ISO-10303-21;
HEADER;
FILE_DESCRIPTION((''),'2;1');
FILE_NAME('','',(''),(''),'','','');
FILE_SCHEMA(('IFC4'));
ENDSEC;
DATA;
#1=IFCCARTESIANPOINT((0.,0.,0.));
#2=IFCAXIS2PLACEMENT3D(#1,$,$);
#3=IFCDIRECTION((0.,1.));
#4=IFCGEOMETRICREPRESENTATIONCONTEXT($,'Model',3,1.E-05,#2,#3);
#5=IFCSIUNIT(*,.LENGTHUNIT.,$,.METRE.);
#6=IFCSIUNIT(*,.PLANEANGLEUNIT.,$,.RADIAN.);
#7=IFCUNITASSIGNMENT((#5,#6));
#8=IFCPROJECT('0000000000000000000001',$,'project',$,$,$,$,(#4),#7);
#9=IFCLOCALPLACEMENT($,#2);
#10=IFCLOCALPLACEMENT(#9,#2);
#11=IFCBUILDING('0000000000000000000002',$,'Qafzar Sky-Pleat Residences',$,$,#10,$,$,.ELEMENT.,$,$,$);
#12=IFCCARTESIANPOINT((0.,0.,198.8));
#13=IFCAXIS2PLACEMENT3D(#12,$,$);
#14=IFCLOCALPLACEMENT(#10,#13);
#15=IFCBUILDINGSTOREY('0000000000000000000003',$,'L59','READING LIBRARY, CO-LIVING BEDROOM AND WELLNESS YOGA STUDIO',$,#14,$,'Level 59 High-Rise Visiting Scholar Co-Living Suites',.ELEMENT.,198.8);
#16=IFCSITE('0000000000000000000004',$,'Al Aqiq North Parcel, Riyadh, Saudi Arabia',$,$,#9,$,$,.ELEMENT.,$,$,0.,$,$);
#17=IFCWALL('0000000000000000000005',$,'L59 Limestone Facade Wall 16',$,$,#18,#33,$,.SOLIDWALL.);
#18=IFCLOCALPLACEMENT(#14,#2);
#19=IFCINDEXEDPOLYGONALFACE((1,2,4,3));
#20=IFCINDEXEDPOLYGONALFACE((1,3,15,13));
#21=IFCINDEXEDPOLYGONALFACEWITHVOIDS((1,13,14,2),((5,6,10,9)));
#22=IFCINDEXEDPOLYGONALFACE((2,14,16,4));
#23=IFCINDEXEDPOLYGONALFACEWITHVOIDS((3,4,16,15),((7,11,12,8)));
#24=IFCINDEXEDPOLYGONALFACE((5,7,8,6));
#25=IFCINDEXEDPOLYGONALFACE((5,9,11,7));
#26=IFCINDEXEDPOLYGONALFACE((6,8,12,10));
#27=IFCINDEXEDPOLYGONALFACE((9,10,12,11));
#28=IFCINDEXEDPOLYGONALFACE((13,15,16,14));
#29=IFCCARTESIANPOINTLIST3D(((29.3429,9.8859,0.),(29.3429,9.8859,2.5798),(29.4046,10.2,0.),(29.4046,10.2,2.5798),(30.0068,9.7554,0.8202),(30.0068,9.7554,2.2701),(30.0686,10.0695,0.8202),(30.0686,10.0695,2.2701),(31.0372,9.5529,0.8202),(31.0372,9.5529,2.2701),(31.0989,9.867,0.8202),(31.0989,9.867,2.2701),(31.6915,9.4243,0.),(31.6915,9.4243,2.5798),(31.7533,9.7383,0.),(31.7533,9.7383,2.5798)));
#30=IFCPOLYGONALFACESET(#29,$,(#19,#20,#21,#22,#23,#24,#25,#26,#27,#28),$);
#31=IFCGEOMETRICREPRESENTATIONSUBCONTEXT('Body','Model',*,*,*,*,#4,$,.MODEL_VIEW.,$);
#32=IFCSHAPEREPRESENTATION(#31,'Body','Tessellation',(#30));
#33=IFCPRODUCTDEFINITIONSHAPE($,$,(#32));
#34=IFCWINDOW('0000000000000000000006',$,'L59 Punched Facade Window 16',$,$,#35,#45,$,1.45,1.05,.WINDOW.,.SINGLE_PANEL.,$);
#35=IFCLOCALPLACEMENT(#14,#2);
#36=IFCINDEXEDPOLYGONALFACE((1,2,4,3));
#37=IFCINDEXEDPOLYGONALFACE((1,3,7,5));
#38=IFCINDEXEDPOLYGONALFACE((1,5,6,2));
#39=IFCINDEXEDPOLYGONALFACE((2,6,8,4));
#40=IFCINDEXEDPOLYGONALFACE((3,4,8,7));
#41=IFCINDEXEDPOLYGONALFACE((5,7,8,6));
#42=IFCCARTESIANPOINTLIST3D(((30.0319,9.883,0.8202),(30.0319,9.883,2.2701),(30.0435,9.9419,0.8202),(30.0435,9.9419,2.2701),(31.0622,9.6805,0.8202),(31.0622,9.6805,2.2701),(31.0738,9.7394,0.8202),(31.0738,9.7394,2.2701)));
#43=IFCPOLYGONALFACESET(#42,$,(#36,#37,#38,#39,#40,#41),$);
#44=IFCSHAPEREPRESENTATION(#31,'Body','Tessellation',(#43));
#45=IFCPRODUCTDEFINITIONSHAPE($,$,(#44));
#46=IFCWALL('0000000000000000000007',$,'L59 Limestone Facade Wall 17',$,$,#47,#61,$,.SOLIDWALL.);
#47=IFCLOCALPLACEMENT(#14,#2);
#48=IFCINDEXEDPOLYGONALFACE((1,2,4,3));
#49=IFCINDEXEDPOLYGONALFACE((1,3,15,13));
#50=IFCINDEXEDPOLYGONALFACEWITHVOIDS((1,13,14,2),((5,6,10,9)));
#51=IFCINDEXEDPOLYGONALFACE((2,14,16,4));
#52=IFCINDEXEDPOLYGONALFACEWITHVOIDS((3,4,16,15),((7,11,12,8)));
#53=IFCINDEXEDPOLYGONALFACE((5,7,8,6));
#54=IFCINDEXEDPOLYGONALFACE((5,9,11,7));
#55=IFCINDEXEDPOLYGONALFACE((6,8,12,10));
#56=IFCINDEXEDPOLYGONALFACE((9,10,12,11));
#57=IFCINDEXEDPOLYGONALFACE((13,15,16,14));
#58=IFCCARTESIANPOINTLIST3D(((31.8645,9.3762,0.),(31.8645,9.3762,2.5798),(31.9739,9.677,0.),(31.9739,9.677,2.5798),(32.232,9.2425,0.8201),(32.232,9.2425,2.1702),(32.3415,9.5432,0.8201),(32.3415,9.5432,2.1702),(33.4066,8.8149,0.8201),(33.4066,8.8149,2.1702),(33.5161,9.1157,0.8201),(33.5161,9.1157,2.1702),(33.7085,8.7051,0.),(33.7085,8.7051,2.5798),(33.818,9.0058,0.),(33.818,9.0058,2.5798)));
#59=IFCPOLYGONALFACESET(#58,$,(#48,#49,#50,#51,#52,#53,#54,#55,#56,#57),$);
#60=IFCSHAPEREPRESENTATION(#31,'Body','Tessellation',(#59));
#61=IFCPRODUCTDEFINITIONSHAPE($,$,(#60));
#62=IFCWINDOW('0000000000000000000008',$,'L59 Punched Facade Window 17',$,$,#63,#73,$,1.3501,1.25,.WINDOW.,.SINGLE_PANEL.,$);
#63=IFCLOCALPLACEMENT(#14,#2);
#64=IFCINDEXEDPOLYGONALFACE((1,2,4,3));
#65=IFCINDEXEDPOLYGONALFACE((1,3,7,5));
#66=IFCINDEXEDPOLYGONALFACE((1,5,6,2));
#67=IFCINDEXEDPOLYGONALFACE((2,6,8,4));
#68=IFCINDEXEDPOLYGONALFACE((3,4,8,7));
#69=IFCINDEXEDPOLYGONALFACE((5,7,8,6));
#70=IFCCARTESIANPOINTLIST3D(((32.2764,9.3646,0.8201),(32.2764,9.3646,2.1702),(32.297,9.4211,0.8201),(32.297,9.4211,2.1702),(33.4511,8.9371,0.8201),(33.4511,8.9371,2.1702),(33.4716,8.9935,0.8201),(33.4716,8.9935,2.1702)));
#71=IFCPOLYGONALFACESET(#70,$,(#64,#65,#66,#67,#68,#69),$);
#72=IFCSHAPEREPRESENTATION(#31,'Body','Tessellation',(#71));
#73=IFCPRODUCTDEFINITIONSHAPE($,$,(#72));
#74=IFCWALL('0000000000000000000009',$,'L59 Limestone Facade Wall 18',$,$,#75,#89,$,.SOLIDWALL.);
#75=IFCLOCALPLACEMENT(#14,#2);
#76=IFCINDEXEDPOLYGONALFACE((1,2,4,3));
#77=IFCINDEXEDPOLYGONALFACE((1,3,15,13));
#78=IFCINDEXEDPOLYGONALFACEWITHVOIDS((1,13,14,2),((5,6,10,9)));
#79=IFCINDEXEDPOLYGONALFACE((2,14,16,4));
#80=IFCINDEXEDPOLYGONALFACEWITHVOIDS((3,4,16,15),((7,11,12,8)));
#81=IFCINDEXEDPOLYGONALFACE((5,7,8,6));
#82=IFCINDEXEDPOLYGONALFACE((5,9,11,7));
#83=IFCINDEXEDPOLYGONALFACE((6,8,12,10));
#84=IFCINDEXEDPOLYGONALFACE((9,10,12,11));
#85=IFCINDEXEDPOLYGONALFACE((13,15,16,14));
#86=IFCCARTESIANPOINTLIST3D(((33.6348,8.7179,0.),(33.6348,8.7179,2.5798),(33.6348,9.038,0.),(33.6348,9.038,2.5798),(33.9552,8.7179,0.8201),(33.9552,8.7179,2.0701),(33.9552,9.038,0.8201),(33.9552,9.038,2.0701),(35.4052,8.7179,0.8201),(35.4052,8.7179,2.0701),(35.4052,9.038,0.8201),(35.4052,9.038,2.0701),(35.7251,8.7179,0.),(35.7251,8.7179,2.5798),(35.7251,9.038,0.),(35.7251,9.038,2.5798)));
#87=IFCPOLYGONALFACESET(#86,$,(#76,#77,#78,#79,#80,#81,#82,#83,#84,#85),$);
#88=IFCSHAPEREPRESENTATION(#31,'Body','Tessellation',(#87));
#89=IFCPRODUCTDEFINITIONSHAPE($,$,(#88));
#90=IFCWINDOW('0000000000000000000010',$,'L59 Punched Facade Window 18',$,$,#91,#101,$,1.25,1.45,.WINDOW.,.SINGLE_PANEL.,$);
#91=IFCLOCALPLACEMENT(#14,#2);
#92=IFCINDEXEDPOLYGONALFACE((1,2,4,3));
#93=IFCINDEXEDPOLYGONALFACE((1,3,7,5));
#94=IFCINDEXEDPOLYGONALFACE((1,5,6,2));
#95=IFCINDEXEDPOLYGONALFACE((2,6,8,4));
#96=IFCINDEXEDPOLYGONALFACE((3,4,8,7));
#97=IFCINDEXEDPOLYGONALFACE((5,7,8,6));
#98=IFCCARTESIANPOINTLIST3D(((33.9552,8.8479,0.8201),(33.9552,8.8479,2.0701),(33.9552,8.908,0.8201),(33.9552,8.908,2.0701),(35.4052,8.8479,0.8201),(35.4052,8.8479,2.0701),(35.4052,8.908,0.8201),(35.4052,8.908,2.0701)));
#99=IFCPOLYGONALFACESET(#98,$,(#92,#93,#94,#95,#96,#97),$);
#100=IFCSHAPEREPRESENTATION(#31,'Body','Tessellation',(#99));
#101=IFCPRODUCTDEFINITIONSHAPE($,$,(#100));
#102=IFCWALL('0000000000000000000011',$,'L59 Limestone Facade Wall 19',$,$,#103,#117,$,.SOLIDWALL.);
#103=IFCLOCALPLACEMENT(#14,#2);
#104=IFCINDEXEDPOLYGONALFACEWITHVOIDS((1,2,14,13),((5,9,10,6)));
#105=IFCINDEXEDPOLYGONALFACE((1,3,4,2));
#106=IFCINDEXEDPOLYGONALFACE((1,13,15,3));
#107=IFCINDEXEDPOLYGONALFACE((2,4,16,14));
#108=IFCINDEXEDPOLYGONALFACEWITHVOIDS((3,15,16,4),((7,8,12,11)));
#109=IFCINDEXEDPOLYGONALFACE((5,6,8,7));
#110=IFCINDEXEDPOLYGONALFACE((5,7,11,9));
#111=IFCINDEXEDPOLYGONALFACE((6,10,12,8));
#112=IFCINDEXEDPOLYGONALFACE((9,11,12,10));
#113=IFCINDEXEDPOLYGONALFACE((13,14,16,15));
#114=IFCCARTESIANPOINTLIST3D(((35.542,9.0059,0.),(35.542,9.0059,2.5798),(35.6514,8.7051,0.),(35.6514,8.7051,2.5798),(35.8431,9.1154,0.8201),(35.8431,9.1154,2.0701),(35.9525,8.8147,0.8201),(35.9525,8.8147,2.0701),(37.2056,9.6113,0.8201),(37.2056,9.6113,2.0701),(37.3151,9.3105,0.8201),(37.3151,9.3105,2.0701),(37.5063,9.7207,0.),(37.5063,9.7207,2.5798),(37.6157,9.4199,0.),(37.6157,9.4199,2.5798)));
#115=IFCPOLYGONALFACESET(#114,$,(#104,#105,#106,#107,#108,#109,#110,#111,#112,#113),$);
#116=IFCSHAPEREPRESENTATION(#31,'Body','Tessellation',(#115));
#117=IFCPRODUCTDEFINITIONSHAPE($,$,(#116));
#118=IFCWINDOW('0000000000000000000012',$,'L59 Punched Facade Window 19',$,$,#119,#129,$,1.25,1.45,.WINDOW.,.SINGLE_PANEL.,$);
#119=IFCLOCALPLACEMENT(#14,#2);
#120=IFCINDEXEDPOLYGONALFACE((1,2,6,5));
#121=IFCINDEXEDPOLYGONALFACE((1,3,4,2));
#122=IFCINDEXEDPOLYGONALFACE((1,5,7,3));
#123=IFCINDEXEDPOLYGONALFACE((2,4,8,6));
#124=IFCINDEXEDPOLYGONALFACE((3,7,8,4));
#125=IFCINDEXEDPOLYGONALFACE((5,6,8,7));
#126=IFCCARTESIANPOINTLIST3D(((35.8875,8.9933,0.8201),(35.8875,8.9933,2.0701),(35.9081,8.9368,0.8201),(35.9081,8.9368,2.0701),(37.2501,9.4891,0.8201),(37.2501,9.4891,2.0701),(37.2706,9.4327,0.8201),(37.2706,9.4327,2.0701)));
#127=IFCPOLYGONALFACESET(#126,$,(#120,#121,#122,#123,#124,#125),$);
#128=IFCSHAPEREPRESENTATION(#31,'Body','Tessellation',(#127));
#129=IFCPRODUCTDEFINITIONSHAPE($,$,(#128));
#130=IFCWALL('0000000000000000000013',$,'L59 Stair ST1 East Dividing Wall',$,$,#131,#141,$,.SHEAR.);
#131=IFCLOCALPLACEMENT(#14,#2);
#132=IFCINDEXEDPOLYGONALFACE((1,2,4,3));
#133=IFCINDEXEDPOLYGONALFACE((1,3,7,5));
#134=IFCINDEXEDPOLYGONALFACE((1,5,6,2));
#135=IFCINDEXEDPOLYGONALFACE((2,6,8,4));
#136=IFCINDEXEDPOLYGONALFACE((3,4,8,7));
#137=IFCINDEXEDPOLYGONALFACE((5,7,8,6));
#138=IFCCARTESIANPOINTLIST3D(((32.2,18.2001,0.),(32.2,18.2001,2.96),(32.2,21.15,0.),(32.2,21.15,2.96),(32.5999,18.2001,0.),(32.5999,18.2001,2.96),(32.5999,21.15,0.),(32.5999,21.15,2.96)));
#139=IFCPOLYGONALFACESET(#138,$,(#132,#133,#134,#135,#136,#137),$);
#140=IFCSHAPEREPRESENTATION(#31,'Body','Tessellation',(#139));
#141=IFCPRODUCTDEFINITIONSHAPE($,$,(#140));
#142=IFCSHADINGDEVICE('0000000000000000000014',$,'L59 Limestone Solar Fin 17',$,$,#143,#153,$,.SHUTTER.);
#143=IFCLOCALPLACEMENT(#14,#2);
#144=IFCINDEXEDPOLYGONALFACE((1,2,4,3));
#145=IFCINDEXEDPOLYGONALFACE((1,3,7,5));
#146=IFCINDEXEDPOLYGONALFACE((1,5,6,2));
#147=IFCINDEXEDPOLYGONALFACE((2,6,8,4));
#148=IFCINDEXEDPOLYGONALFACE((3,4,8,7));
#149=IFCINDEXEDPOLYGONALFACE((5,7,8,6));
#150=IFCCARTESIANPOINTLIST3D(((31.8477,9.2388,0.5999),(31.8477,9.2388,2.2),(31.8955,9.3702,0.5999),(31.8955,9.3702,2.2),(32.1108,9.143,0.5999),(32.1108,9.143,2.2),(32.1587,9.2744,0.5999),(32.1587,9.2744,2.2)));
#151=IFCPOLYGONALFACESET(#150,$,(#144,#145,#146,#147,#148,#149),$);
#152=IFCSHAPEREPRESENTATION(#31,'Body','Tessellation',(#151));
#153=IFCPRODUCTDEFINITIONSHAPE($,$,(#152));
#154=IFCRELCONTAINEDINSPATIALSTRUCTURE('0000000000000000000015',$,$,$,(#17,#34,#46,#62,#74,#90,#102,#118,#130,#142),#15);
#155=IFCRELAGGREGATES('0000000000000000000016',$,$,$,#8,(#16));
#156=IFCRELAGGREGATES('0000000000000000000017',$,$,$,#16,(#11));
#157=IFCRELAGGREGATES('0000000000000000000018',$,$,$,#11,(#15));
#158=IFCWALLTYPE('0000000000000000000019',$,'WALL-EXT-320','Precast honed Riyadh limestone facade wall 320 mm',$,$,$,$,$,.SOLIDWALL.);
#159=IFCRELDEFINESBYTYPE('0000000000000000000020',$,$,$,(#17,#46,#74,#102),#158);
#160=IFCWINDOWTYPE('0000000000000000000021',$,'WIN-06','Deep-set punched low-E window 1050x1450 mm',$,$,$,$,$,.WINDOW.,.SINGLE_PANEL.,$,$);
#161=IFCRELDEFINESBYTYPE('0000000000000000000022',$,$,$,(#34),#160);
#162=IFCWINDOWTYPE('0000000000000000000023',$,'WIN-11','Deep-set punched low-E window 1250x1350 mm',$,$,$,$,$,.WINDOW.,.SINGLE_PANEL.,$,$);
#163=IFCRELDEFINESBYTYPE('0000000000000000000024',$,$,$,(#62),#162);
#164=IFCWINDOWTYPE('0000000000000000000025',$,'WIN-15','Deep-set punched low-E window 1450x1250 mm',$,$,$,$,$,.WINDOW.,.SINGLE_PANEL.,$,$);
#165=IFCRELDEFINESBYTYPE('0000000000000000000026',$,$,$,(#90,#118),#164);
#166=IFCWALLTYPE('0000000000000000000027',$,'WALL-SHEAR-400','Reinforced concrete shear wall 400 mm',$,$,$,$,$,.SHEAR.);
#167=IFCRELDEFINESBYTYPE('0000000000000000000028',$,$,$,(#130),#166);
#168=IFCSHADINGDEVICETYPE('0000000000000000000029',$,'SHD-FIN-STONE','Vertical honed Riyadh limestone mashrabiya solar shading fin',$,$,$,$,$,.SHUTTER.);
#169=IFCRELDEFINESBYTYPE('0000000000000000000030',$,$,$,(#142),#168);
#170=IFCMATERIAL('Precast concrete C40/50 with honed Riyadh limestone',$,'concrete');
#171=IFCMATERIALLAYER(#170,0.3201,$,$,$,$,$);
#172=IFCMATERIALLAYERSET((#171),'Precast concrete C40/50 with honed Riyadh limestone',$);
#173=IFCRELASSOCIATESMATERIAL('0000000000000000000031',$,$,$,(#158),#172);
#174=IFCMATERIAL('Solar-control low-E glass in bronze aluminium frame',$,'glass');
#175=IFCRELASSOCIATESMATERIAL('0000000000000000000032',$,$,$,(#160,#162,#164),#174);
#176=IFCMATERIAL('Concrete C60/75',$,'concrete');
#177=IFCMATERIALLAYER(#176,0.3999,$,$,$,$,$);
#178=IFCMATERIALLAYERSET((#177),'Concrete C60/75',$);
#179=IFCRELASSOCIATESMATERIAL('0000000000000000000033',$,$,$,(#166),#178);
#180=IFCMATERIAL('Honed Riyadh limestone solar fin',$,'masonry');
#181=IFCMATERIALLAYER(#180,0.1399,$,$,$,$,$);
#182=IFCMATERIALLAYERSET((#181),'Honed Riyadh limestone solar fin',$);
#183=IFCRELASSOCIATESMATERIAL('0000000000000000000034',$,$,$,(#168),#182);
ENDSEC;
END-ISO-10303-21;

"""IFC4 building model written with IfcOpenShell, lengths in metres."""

from ifc_helpers import new_model, si_unit, direction, frame, frame_2d, origin, origin_2d, place, context, subcontext, project, spatial, rectangle, extrude, source, transform, mapped, material, layer, layer_set, type_object, element, fill, save


model = new_model("IFC4")

# Units and contexts
model_context = context("Model", 3, precision=1e-05, world=origin(), true_north=direction((0.0, 1.0)))
body_context = subcontext(model_context, "Body", "Model", "MODEL_VIEW")
ifc_project = project(units=[si_unit("LENGTHUNIT", "METRE"), si_unit("PLANEANGLEUNIT", "RADIAN")], contexts=[model_context])

# Site, building, storey
site_placement = place(None, origin())
site = spatial("IfcSite", under=ifc_project, at=site_placement, Name="Al Aqiq North Parcel, Riyadh, Saudi Arabia", CompositionType="ELEMENT", RefElevation=0.0)
building_placement = place(site_placement, origin())
building = spatial("IfcBuilding", under=site, at=building_placement, Name="Qafzar Sky-Pleat Residences", CompositionType="ELEMENT")
storey_placement = place(building_placement, frame((0.0, 0.0, 198.8)))
storey = spatial("IfcBuildingStorey", under=building, at=storey_placement, Name="L59", Description="READING LIBRARY, CO-LIVING BEDROOM AND WELLNESS YOGA STUDIO", LongName="Level 59 High-Rise Visiting Scholar Co-Living Suites", CompositionType="ELEMENT", Elevation=198.8)

# Shared definitions
ifc_material_1 = material(Name="Precast concrete C40/50 with honed Riyadh limestone", Category="concrete")
ifc_layer_1 = layer(ifc_material_1, 0.3201)
ifc_layer_set_1 = layer_set([ifc_layer_1], Name="Precast concrete C40/50 with honed Riyadh limestone")
wall_type_1 = type_object("IfcWallType", Name="WALL-EXT-320", Description="Precast honed Riyadh limestone facade wall 320 mm", PredefinedType="SOLIDWALL", material=ifc_layer_set_1)
ifc_material_2 = material(Name="Solar-control low-E glass in bronze aluminium frame", Category="glass")

# Walls, openings, windows
wall_1_placement = place(storey_placement, frame((29.3738, 10.043, 0.0), z_axis=(0.0, 0.0, 1.0), x_axis=(0.981223, -0.192879, 0.0)))
wall_1 = element("IfcWall", 1, at=wall_1_placement, inside=storey, type_object=wall_type_1, Name="L59 Limestone Facade Wall 16", PredefinedType="SOLIDWALL", context=body_context, shape_type="SweptSolid", body=[
    extrude(rectangle(XDim=2.3936, YDim=0.3201, at=frame_2d((1.1968, 0.0))), origin(), (0.0, 0.0, 1.0), 2.5798),
])
opening_1_placement = place(wall_1_placement, frame((0.6768, 0.0, 0.8201)))
opening_1 = element("IfcOpeningElement", 2, at=opening_1_placement, cuts=wall_1, PredefinedType="OPENING", context=body_context, shape_type="SweptSolid", body=[
    extrude(rectangle(XDim=1.05, YDim=1.45, at=frame_2d((0.5249, 0.7251))), frame((0.0, 0.1699, 0.0), z_axis=(0.0, -1.0, 0.0), x_axis=(1.0, 0.0, 0.0)), (0.0, 0.0, 1.0), 0.3401),
])
window_type_1 = type_object("IfcWindowType", Name="WIN-06", Description="Deep-set punched low-E window 1050x1450 mm", PartitioningType="SINGLE_PANEL", PredefinedType="WINDOW", material=ifc_material_2)
shared_shape_1 = source(origin(), body_context, "Body", "SweptSolid", [
    extrude(rectangle(XDim=1.05, YDim=1.45, at=frame_2d((0.5249, 0.7251))), frame((0.0, 0.03, 0.0), z_axis=(0.0, -1.0, 0.0), x_axis=(1.0, 0.0, 0.0)), (0.0, 0.0, 1.0), 0.0601),
])
window_1_placement = place(opening_1_placement, origin())
window_1 = element("IfcWindow", 3, at=window_1_placement, inside=storey, type_object=window_type_1, Name="L59 Punched Facade Window 16", OverallHeight=1.45, OverallWidth=1.05, PartitioningType="SINGLE_PANEL", PredefinedType="WINDOW", context=body_context, shape_type="MappedRepresentation", body=[
    mapped(shared_shape_1, transform((0.0, 0.0, 0.0), x_axis=(1.0, 0.0, 0.0), y_axis=(0.0, 1.0, 0.0), z_axis=(0.0, 0.0, 1.0), scale=1.0)),
])
fill(opening_1, window_1)
wall_2_placement = place(storey_placement, frame((31.9192, 9.5266, 0.0), z_axis=(0.0, 0.0, 1.0), x_axis=(0.939695, -0.342013, 0.0)))
wall_2 = element("IfcWall", 4, at=wall_2_placement, inside=storey, type_object=wall_type_1, Name="L59 Limestone Facade Wall 17", PredefinedType="SOLIDWALL", context=body_context, shape_type="SweptSolid", body=[
    extrude(rectangle(XDim=1.9624, YDim=0.3201, at=frame_2d((0.9812, 0.0))), origin(), (0.0, 0.0, 1.0), 2.5798),
])
opening_2_placement = place(wall_2_placement, frame((0.3911, 0.0, 0.8201)))
opening_2 = element("IfcOpeningElement", 5, at=opening_2_placement, cuts=wall_2, PredefinedType="OPENING", context=body_context, shape_type="SweptSolid", body=[
    extrude(rectangle(XDim=1.25, YDim=1.3501, at=frame_2d((0.625, 0.675))), frame((0.0, 0.1699, 0.0), z_axis=(0.0, -1.0, 0.0), x_axis=(1.0, 0.0, 0.0)), (0.0, 0.0, 1.0), 0.3401),
])
window_type_2 = type_object("IfcWindowType", Name="WIN-11", Description="Deep-set punched low-E window 1250x1350 mm", PartitioningType="SINGLE_PANEL", PredefinedType="WINDOW", material=ifc_material_2)
shared_shape_2 = source(origin(), body_context, "Body", "SweptSolid", [
    extrude(rectangle(XDim=1.25, YDim=1.3501, at=frame_2d((0.625, 0.675))), frame((0.0, 0.03, 0.0), z_axis=(0.0, -1.0, 0.0), x_axis=(1.0, 0.0, 0.0)), (0.0, 0.0, 1.0), 0.0601),
])
window_2_placement = place(opening_2_placement, origin())
window_2 = element("IfcWindow", 6, at=window_2_placement, inside=storey, type_object=window_type_2, Name="L59 Punched Facade Window 17", OverallHeight=1.3501, OverallWidth=1.25, PartitioningType="SINGLE_PANEL", PredefinedType="WINDOW", context=body_context, shape_type="MappedRepresentation", body=[
    mapped(shared_shape_2, transform((0.0, 0.0, 0.0), x_axis=(1.0, 0.0, 0.0), y_axis=(0.0, 1.0, 0.0), z_axis=(0.0, 0.0, 1.0), scale=1.0)),
])
fill(opening_2, window_2)
wall_3_placement = place(storey_placement, frame((33.6348, 8.8779, 0.0), z_axis=(0.0, 0.0, 1.0), x_axis=(1.0, 0.0, 0.0)))
wall_3 = element("IfcWall", 7, at=wall_3_placement, inside=storey, type_object=wall_type_1, Name="L59 Limestone Facade Wall 18", PredefinedType="SOLIDWALL", context=body_context, shape_type="SweptSolid", body=[
    extrude(rectangle(XDim=2.0903, YDim=0.3201, at=frame_2d((1.0452, 0.0))), origin(), (0.0, 0.0, 1.0), 2.5798),
])
opening_3_placement = place(wall_3_placement, frame((0.3203, 0.0, 0.8201)))
opening_3 = element("IfcOpeningElement", 8, at=opening_3_placement, cuts=wall_3, PredefinedType="OPENING", context=body_context, shape_type="SweptSolid", body=[
    extrude(rectangle(XDim=1.45, YDim=1.25, at=frame_2d((0.7251, 0.625))), frame((0.0, 0.1699, 0.0), z_axis=(0.0, -1.0, 0.0), x_axis=(1.0, 0.0, 0.0)), (0.0, 0.0, 1.0), 0.3401),
])
window_type_3 = type_object("IfcWindowType", Name="WIN-15", Description="Deep-set punched low-E window 1450x1250 mm", PartitioningType="SINGLE_PANEL", PredefinedType="WINDOW", material=ifc_material_2)
shared_shape_3 = source(origin(), body_context, "Body", "SweptSolid", [
    extrude(rectangle(XDim=1.45, YDim=1.25, at=frame_2d((0.7251, 0.625))), frame((0.0, 0.03, 0.0), z_axis=(0.0, -1.0, 0.0), x_axis=(1.0, 0.0, 0.0)), (0.0, 0.0, 1.0), 0.0601),
])
window_3_placement = place(opening_3_placement, origin())
window_3 = element("IfcWindow", 9, at=window_3_placement, inside=storey, type_object=window_type_3, Name="L59 Punched Facade Window 18", OverallHeight=1.25, OverallWidth=1.45, PartitioningType="SINGLE_PANEL", PredefinedType="WINDOW", context=body_context, shape_type="MappedRepresentation", body=[
    mapped(shared_shape_3, transform((0.0, 0.0, 0.0), x_axis=(1.0, 0.0, 0.0), y_axis=(0.0, 1.0, 0.0), z_axis=(0.0, 0.0, 1.0), scale=1.0)),
])
fill(opening_3, window_3)
wall_4_placement = place(storey_placement, frame((35.5967, 8.8555, 0.0), z_axis=(0.0, 0.0, 1.0), x_axis=(0.939712, 0.341968, 0.0)))
wall_4 = element("IfcWall", 10, at=wall_4_placement, inside=storey, type_object=wall_type_1, Name="L59 Limestone Facade Wall 19", PredefinedType="SOLIDWALL", context=body_context, shape_type="SweptSolid", body=[
    extrude(rectangle(XDim=2.0903, YDim=0.3201, at=frame_2d((1.0452, 0.0))), origin(), (0.0, 0.0, 1.0), 2.5798),
])
opening_4_placement = place(wall_4_placement, frame((0.3203, 0.0, 0.8201)))
opening_4 = element("IfcOpeningElement", 11, at=opening_4_placement, cuts=wall_4, PredefinedType="OPENING", context=body_context, shape_type="SweptSolid", body=[
    extrude(rectangle(XDim=1.45, YDim=1.25, at=frame_2d((0.7251, 0.625))), frame((0.0, 0.1699, 0.0), z_axis=(0.0, -1.0, 0.0), x_axis=(1.0, 0.0, 0.0)), (0.0, 0.0, 1.0), 0.3401),
])
window_4_placement = place(opening_4_placement, origin())
window_4 = element("IfcWindow", 12, at=window_4_placement, inside=storey, type_object=window_type_3, Name="L59 Punched Facade Window 19", OverallHeight=1.25, OverallWidth=1.45, PartitioningType="SINGLE_PANEL", PredefinedType="WINDOW", context=body_context, shape_type="MappedRepresentation", body=[
    mapped(shared_shape_3, transform((0.0, 0.0, 0.0), x_axis=(1.0, 0.0, 0.0), y_axis=(0.0, 1.0, 0.0), z_axis=(0.0, 0.0, 1.0), scale=1.0)),
])
fill(opening_4, window_4)

# Wall
ifc_material_3 = material(Name="Concrete C60/75", Category="concrete")
ifc_layer_2 = layer(ifc_material_3, 0.3999)
ifc_layer_set_2 = layer_set([ifc_layer_2], Name="Concrete C60/75")
wall_type_2 = type_object("IfcWallType", Name="WALL-SHEAR-400", Description="Reinforced concrete shear wall 400 mm", PredefinedType="SHEAR", material=ifc_layer_set_2)
wall_5_placement = place(storey_placement, frame((32.3999, 18.2, 0.0), z_axis=(0.0, 0.0, 1.0), x_axis=(0.0, 1.0, 0.0)))
element("IfcWall", 13, at=wall_5_placement, inside=storey, type_object=wall_type_2, Name="L59 Stair ST1 East Dividing Wall", PredefinedType="SHEAR", context=body_context, shape_type="SweptSolid", body=[
    extrude(rectangle(XDim=2.95, YDim=0.3999, at=frame_2d((1.4751, 0.0))), origin(), (0.0, 0.0, 1.0), 2.96),
])

# Shading device
ifc_material_4 = material(Name="Honed Riyadh limestone solar fin", Category="masonry")
ifc_layer_3 = layer(ifc_material_4, 0.1399)
ifc_layer_set_3 = layer_set([ifc_layer_3], Name="Honed Riyadh limestone solar fin")
shading_device_type = type_object("IfcShadingDeviceType", Name="SHD-FIN-STONE", Description="Vertical honed Riyadh limestone mashrabiya solar shading fin", PredefinedType="SHUTTER", material=ifc_layer_set_3)
shared_shape_4 = source(origin(), body_context, "Body", "SweptSolid", [
    extrude(rectangle(XDim=0.1399, YDim=0.28, at=origin_2d()), origin(), (0.0, 0.0, 1.0), 1.6001),
])
shading_device_placement = place(storey_placement, frame((32.0032, 9.2566, 0.5999), z_axis=(0.0, 0.0, 1.0), x_axis=(-0.342054, -0.93968, 0.0)))
element("IfcShadingDevice", 14, at=shading_device_placement, inside=storey, type_object=shading_device_type, Name="L59 Limestone Solar Fin 17", PredefinedType="SHUTTER", context=body_context, shape_type="MappedRepresentation", body=[
    mapped(shared_shape_4, transform((0.0, 0.0, 0.0), x_axis=(1.0, 0.0, 0.0), y_axis=(0.0, 1.0, 0.0), z_axis=(0.0, 0.0, 1.0), scale=1.0)),
])

save(model, "model.ifc")
